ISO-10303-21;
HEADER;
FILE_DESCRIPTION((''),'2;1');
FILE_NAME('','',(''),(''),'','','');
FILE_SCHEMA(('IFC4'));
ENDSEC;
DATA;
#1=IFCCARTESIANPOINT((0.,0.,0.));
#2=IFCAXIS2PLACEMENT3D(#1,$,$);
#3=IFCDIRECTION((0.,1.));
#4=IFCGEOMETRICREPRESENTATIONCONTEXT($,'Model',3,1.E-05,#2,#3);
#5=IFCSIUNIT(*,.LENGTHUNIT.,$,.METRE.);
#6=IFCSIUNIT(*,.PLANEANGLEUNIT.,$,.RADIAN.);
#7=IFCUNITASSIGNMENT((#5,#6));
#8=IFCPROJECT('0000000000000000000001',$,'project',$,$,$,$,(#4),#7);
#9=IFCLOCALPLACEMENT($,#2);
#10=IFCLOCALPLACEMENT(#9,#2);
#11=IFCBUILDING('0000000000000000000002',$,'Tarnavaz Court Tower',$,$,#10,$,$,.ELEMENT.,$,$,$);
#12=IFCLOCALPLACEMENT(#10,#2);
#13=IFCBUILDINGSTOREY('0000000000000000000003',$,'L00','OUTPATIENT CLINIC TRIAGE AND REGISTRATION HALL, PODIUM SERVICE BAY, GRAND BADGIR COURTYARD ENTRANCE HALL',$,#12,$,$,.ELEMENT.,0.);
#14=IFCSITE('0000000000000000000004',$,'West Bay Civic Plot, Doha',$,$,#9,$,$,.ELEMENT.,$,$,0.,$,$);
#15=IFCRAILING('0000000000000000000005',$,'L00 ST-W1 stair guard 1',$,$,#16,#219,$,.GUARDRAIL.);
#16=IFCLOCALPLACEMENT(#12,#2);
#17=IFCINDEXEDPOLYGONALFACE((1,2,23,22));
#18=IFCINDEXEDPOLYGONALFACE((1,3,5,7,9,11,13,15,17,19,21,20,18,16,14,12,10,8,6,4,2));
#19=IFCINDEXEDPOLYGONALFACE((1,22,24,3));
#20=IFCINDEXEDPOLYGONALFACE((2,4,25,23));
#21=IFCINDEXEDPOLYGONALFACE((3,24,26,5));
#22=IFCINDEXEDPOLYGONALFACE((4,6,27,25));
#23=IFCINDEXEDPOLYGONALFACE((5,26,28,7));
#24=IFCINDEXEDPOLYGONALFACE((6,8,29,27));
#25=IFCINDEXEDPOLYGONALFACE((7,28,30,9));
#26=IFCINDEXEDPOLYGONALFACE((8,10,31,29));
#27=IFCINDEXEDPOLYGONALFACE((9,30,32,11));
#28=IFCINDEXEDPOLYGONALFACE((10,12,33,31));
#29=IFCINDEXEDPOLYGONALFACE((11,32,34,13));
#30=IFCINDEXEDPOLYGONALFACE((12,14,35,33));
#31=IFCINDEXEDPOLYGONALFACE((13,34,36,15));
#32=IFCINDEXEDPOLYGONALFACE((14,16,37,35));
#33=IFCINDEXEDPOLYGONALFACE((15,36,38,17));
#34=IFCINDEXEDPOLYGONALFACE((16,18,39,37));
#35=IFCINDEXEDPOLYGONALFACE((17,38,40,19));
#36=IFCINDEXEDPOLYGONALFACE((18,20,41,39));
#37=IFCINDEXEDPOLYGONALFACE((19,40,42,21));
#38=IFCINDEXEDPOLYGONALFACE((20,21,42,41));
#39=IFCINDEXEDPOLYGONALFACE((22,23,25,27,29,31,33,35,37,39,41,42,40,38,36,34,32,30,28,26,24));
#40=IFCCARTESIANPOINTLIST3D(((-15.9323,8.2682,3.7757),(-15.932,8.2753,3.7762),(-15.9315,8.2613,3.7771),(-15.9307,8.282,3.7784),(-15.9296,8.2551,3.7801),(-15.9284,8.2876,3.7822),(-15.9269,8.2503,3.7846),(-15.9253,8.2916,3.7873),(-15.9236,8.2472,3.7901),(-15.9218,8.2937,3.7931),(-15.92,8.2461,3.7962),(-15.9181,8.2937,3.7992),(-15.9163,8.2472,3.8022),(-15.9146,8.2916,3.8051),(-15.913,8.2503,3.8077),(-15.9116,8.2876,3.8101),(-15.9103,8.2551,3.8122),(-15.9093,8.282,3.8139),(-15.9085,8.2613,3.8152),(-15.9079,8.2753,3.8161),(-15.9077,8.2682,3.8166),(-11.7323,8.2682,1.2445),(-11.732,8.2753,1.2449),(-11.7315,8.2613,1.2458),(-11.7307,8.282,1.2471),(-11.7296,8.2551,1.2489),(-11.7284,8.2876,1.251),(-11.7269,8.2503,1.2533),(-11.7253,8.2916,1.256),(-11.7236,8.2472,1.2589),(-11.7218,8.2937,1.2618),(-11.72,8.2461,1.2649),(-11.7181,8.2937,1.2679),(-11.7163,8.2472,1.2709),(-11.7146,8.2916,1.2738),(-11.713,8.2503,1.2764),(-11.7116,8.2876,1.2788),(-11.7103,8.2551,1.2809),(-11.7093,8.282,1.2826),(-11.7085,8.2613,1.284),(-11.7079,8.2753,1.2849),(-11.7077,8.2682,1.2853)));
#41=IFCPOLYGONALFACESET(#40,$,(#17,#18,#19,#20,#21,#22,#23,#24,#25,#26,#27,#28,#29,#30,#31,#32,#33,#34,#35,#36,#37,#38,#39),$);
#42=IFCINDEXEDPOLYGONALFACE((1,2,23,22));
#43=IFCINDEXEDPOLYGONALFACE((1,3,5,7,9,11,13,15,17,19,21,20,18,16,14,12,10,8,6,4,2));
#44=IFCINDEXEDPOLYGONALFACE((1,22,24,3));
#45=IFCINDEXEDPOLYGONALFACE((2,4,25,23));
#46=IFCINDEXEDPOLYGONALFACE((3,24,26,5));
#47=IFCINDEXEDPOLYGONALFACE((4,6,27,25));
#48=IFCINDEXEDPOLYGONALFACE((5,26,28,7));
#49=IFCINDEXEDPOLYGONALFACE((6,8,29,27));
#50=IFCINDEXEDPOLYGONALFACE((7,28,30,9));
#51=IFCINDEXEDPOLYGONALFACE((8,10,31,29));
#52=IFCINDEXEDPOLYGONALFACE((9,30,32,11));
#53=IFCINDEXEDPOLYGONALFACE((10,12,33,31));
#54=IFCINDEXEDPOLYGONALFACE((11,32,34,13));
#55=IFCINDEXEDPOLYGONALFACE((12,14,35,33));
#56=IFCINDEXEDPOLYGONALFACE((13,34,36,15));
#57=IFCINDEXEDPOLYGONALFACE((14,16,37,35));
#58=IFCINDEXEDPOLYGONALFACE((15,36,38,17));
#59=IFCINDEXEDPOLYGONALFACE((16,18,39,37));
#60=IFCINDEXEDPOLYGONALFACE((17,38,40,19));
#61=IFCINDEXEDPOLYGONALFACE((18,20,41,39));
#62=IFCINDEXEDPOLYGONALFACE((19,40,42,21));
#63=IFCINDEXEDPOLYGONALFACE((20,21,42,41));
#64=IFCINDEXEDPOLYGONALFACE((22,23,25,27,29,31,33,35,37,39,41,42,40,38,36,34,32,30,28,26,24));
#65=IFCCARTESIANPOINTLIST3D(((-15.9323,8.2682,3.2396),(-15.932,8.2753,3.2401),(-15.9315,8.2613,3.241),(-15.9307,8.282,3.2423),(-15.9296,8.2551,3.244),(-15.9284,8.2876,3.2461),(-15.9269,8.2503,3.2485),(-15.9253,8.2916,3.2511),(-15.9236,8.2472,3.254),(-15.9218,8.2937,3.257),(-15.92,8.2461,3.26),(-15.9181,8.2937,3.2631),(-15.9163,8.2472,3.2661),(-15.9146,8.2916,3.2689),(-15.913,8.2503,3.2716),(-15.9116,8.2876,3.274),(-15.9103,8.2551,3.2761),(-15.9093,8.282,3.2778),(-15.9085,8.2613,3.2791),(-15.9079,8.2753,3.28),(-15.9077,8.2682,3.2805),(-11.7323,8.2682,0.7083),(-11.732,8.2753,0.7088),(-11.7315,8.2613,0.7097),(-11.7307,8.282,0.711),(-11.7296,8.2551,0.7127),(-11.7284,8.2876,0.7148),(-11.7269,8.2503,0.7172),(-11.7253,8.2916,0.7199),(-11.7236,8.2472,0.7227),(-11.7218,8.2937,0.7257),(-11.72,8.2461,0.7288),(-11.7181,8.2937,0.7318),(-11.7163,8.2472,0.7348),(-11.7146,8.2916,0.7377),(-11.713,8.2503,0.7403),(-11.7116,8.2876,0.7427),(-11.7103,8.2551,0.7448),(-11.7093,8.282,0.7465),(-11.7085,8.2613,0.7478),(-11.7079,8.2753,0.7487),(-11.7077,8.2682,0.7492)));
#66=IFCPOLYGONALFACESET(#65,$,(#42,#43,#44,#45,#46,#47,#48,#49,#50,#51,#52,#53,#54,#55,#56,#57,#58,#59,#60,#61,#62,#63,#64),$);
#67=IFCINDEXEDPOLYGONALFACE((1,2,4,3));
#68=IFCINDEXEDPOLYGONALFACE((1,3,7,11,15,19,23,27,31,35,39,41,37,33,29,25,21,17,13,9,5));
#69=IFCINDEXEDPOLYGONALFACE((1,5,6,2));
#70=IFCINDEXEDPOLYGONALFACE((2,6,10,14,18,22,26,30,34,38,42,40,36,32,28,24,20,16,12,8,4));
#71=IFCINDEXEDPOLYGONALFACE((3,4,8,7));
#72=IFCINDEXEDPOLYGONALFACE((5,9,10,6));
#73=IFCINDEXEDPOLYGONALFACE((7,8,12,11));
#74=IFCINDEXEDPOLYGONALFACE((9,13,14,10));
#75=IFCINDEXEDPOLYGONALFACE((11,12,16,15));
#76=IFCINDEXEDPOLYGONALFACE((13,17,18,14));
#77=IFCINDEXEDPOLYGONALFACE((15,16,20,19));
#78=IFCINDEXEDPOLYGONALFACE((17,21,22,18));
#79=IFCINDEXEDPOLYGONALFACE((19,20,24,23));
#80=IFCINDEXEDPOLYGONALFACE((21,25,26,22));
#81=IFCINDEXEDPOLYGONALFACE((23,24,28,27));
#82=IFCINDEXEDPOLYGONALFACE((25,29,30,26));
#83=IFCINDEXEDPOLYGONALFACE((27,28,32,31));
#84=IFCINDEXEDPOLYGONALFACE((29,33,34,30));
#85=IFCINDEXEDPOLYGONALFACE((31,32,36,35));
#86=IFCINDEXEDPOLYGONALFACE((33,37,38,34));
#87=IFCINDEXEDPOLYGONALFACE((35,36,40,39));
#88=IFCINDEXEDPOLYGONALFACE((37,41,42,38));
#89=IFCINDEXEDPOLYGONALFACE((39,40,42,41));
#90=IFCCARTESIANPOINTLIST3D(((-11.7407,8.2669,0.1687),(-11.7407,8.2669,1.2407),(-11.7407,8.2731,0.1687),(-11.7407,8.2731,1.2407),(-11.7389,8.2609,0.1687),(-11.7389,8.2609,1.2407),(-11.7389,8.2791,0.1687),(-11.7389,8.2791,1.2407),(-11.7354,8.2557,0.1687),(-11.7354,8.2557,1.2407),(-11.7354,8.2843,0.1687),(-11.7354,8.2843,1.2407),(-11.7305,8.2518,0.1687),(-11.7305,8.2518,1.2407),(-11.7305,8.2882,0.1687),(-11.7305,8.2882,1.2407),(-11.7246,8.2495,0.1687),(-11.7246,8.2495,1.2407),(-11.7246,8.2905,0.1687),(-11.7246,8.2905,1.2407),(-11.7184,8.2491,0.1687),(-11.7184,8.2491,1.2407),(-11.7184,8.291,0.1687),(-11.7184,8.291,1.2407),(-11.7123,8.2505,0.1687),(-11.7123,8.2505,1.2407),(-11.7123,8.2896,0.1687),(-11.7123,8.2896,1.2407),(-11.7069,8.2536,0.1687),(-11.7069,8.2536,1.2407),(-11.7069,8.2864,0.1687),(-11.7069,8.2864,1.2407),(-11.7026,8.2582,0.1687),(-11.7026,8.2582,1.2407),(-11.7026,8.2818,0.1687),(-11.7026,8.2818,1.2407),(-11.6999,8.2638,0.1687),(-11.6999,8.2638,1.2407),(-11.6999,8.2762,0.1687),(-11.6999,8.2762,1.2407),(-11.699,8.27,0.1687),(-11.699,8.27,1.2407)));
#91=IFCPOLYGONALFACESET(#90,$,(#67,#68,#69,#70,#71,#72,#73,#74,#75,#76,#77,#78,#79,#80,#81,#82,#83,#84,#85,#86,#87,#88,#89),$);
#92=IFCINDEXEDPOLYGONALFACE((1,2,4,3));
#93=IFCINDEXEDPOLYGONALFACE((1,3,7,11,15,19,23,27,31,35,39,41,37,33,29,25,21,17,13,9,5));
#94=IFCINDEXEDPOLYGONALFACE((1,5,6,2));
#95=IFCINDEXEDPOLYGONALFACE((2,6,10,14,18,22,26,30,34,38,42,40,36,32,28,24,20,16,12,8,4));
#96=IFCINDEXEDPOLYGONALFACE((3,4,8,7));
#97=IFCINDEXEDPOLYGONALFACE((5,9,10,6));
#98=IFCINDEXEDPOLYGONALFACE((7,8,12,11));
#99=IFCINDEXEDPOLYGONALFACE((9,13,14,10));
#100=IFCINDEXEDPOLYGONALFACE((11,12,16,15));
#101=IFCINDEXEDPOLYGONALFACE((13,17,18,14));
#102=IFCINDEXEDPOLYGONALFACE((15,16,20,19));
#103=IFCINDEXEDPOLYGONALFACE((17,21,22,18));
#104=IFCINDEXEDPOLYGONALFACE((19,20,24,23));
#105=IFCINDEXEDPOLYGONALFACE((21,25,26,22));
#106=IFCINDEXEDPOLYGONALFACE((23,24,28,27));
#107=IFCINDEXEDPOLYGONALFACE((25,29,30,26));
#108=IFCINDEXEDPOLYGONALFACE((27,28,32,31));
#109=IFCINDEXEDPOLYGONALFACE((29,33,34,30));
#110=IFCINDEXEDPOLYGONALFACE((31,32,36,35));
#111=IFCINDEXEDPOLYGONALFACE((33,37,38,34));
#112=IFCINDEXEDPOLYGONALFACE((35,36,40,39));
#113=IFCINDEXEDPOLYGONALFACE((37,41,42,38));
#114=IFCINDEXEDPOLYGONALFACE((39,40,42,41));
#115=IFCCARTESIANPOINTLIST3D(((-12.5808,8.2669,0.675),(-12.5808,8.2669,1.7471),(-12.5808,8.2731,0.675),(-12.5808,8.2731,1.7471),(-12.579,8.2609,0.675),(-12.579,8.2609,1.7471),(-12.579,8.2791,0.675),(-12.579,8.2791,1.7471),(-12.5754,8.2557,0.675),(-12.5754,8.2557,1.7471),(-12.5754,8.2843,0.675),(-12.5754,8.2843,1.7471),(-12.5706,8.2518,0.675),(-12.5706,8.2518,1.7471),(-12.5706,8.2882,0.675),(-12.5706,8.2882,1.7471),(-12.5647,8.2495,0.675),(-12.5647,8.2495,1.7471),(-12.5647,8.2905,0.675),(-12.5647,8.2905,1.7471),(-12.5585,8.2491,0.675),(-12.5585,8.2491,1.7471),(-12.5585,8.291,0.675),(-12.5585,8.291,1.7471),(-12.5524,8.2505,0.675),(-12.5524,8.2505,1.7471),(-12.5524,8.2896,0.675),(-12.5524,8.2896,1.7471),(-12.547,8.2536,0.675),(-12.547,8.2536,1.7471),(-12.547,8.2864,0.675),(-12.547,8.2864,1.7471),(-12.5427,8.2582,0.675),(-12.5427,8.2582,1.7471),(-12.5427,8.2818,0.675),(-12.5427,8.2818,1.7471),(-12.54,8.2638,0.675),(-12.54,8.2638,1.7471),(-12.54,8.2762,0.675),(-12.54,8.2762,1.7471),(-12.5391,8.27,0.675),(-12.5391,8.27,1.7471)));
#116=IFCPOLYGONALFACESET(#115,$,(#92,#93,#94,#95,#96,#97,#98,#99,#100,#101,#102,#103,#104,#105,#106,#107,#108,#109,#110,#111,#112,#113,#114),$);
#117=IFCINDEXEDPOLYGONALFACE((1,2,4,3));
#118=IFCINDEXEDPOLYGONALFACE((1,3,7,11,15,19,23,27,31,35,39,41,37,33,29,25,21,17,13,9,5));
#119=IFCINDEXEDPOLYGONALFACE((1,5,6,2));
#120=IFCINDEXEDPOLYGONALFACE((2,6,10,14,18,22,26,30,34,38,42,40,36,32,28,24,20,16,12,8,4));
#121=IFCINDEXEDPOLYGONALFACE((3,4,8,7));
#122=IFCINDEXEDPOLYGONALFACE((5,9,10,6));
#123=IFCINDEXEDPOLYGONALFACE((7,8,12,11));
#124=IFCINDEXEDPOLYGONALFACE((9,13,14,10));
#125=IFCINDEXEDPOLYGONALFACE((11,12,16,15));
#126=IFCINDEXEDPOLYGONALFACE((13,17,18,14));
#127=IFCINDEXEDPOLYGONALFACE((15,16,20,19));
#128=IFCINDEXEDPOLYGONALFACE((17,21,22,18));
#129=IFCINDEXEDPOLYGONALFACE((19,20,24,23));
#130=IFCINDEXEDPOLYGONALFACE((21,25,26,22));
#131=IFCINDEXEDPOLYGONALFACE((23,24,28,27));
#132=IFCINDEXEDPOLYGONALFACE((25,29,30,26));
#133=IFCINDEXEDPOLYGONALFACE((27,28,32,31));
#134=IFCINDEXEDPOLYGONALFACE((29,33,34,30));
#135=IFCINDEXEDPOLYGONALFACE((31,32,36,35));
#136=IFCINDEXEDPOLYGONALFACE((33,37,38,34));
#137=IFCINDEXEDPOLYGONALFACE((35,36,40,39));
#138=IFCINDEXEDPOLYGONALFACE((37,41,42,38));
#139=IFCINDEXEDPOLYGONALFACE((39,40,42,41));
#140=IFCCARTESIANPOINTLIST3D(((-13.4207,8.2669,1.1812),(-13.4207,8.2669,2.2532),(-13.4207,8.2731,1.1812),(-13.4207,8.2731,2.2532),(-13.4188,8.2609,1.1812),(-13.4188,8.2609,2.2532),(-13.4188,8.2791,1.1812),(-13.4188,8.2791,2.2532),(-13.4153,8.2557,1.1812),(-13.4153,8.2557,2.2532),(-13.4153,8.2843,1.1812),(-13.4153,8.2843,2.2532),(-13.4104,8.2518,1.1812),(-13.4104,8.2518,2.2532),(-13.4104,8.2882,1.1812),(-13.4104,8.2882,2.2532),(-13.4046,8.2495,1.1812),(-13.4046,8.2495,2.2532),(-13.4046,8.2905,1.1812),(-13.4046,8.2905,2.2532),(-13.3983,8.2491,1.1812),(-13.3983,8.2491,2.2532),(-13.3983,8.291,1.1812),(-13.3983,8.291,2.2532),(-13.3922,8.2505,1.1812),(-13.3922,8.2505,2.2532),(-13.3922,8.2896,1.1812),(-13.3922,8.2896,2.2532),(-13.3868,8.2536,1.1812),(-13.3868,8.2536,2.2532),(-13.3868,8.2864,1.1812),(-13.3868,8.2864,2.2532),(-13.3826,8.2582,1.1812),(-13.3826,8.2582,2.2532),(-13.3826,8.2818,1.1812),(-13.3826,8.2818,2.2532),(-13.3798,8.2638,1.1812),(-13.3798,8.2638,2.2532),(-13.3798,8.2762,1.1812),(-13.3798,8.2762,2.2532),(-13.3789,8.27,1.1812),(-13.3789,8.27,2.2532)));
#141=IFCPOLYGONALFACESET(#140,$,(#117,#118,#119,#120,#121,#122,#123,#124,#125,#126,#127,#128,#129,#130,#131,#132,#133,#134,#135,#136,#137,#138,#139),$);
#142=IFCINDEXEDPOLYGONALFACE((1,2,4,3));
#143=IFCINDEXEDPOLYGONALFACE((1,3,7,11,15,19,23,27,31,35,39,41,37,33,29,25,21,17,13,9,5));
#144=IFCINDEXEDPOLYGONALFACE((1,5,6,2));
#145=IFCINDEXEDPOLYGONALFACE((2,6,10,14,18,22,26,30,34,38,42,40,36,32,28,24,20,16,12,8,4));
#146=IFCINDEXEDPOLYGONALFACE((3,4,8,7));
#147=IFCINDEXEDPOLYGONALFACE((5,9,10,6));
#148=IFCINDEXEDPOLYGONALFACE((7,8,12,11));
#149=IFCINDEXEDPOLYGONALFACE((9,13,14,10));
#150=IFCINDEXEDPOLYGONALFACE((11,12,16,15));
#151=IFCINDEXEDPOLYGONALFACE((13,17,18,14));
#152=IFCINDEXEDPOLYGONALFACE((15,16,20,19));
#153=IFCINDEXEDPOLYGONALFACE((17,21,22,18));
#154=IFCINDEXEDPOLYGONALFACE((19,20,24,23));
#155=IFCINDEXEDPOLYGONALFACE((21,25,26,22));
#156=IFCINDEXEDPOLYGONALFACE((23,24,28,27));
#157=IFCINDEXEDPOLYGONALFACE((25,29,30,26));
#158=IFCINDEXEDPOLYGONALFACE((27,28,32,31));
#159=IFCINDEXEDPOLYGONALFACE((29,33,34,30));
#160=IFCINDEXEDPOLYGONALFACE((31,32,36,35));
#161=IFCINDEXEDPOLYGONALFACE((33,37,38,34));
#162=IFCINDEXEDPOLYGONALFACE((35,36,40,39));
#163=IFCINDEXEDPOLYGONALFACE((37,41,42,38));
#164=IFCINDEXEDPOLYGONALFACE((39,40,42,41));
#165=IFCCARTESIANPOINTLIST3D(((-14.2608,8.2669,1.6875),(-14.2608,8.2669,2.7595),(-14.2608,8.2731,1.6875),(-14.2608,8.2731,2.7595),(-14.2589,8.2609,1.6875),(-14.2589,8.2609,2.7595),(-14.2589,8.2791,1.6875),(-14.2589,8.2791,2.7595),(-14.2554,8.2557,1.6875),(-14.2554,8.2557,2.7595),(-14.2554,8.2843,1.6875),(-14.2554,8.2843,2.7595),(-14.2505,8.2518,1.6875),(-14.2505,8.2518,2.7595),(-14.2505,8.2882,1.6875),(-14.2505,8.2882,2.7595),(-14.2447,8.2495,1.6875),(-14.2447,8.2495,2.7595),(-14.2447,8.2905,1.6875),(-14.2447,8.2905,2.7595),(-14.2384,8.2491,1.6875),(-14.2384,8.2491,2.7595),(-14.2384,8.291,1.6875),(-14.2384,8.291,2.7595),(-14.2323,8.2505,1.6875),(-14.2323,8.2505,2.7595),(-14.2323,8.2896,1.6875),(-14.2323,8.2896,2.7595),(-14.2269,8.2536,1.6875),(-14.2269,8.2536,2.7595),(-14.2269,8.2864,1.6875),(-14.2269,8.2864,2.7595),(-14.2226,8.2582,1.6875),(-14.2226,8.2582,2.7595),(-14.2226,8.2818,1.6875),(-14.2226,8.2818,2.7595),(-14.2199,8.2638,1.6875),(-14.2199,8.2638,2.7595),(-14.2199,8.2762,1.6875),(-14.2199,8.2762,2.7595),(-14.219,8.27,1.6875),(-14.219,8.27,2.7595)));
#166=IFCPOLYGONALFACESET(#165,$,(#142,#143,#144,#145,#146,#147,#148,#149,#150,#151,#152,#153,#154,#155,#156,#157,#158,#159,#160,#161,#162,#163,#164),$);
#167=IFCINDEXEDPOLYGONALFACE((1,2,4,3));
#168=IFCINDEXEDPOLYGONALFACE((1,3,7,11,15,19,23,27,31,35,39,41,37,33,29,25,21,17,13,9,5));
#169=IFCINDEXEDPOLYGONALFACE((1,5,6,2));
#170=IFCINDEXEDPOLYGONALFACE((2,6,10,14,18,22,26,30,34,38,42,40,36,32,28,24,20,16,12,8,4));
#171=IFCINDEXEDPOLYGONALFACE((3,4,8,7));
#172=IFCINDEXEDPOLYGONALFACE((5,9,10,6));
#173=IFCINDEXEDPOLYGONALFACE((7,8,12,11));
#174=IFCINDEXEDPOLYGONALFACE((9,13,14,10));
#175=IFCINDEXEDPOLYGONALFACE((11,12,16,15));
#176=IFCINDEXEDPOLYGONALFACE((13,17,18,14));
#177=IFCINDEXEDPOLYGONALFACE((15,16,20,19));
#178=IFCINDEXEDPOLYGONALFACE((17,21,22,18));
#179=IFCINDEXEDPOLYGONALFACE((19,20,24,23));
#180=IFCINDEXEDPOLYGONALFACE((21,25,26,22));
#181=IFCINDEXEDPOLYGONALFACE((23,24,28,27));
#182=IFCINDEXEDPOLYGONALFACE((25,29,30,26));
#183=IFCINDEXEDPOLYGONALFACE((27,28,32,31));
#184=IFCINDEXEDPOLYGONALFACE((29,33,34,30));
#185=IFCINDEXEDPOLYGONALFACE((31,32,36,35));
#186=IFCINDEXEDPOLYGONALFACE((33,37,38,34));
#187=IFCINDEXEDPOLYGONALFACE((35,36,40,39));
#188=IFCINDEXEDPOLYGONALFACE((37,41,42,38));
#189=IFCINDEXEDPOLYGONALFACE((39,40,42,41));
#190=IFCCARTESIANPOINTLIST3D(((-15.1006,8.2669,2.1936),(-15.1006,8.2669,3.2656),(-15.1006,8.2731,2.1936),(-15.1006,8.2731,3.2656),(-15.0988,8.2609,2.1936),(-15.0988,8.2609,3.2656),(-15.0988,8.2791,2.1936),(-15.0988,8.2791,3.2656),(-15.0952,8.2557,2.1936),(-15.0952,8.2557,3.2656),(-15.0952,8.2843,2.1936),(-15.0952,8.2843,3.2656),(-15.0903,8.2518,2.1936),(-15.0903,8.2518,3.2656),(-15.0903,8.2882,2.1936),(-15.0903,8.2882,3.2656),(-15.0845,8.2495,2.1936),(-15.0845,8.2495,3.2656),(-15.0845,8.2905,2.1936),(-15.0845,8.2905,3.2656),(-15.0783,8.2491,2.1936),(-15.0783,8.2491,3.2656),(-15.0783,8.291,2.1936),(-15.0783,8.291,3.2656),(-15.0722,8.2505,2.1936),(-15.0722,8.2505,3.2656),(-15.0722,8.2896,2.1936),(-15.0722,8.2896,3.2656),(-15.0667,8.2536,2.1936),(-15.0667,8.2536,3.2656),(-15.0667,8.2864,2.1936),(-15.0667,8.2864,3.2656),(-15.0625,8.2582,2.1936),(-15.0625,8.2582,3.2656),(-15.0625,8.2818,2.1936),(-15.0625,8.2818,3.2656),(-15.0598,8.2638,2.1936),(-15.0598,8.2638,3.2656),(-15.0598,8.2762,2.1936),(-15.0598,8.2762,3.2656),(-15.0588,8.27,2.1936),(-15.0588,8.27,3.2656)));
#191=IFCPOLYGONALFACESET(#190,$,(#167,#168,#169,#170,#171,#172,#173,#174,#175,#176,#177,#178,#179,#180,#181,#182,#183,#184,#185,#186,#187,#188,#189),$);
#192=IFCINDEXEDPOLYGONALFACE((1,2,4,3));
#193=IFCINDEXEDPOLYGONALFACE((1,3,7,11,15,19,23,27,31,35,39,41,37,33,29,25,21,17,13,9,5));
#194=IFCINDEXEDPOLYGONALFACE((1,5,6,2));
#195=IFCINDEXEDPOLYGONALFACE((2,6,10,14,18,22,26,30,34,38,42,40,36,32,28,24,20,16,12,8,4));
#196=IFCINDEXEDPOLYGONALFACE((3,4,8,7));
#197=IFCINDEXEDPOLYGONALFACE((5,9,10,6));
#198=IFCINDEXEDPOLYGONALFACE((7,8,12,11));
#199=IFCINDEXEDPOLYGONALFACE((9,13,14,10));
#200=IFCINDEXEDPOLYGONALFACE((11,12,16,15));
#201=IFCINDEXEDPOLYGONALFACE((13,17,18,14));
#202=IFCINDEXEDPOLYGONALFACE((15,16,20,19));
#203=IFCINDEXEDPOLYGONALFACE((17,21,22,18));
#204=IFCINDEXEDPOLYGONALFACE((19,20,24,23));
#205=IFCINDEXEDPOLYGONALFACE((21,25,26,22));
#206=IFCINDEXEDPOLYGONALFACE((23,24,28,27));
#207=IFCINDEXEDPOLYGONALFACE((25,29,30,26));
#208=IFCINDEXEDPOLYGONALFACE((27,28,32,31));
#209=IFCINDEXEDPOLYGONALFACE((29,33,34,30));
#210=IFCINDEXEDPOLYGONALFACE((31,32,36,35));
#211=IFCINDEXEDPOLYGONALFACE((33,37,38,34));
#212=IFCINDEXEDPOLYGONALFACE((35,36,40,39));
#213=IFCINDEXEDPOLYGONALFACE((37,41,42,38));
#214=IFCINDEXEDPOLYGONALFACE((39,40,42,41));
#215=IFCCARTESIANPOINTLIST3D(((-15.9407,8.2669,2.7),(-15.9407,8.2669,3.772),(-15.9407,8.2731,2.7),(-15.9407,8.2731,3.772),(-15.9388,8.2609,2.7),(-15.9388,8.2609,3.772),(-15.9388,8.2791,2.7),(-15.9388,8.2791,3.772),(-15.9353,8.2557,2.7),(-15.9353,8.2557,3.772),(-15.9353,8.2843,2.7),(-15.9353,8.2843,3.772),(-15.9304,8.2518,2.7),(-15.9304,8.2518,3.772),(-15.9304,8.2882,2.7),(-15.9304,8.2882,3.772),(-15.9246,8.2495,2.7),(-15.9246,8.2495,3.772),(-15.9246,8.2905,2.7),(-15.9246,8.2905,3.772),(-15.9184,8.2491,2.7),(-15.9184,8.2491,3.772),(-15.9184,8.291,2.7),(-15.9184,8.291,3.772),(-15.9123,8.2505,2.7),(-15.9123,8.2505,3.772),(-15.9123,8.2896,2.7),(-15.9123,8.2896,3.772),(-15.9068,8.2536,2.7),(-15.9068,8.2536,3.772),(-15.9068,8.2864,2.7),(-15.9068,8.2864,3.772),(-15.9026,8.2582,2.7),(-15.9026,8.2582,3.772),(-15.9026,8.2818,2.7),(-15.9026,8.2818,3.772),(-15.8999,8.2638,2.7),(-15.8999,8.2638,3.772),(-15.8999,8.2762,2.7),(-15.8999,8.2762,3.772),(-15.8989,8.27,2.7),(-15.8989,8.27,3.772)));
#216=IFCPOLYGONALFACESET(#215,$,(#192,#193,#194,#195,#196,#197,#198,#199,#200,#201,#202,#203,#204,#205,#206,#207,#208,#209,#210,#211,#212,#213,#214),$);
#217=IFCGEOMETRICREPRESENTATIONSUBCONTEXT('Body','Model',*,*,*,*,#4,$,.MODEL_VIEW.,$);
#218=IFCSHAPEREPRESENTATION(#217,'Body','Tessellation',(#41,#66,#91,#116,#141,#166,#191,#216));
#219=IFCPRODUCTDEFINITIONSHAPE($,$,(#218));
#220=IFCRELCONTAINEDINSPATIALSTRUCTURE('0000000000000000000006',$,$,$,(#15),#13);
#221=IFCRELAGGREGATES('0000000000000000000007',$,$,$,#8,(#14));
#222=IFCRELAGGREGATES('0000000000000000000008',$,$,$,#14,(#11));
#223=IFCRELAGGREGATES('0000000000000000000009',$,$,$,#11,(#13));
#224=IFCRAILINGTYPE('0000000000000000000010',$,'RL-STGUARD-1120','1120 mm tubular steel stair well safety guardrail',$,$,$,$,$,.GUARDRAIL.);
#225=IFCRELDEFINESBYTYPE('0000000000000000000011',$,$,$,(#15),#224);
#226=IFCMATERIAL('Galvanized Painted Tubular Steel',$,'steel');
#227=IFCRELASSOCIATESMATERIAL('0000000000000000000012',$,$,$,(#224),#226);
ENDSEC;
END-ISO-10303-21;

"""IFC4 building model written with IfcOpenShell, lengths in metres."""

from ifc_helpers import new_model, si_unit, direction, frame, origin, origin_2d, place, context, subcontext, project, spatial, circle, extrude, material, type_object, element, save


model = new_model("IFC4")

# Units and contexts
model_context = context("Model", 3, precision=1e-05, world=origin(), true_north=direction((0.0, 1.0)))
body_context = subcontext(model_context, "Body", "Model", "MODEL_VIEW")
ifc_project = project(units=[si_unit("LENGTHUNIT", "METRE"), si_unit("PLANEANGLEUNIT", "RADIAN")], contexts=[model_context])

# Site, building, storey
site_placement = place(None, origin())
site = spatial("IfcSite", under=ifc_project, at=site_placement, Name="West Bay Civic Plot, Doha", CompositionType="ELEMENT", RefElevation=0.0)
building_placement = place(site_placement, origin())
building = spatial("IfcBuilding", under=site, at=building_placement, Name="Tarnavaz Court Tower", CompositionType="ELEMENT")
storey_placement = place(building_placement, origin())
storey = spatial("IfcBuildingStorey", under=building, at=storey_placement, Name="L00", Description="OUTPATIENT CLINIC TRIAGE AND REGISTRATION HALL, PODIUM SERVICE BAY, GRAND BADGIR COURTYARD ENTRANCE HALL", CompositionType="ELEMENT", Elevation=0.0)

# Railing
ifc_material_1 = material(Name="Galvanized Painted Tubular Steel", Category="steel")
railing_type_1 = type_object("IfcRailingType", Name="RL-STGUARD-1120", Description="1120 mm tubular steel stair well safety guardrail", PredefinedType="GUARDRAIL", material=ifc_material_1)
railing_1_placement = place(storey_placement, frame((-11.72, 8.27, 0.1687)))
element("IfcRailing", 1, at=railing_1_placement, inside=storey, type_object=railing_type_1, Name="L00 ST-W1 stair guard 1", PredefinedType="GUARDRAIL", context=body_context, shape_type="SweptSolid", body=[
    extrude(circle(Radius=0.0239, at=origin_2d()), frame((0.0, 0.0, 1.0962), z_axis=(-0.856476, 0.0, 0.516186), x_axis=(0.0, -1.0, 0.0)), (0.0, 0.0, 1.0), 4.9038),
    extrude(circle(Radius=0.0239, at=origin_2d()), frame((0.0, 0.0, 0.5601), z_axis=(-0.856476, 0.0, 0.516186), x_axis=(0.0, -1.0, 0.0)), (0.0, 0.0, 1.0), 4.9038),
    extrude(circle(Radius=0.021, at=origin_2d()), origin(), (0.0, 0.0, 1.0), 1.072),
    extrude(circle(Radius=0.021, at=origin_2d()), frame((-0.8401, 0.0, 0.5063)), (0.0, 0.0, 1.0), 1.072),
    extrude(circle(Radius=0.021, at=origin_2d()), frame((-1.6799, 0.0, 1.0125)), (0.0, 0.0, 1.0), 1.072),
    extrude(circle(Radius=0.021, at=origin_2d()), frame((-2.52, 0.0, 1.5188)), (0.0, 0.0, 1.0), 1.072),
    extrude(circle(Radius=0.021, at=origin_2d()), frame((-3.3599, 0.0, 2.0249)), (0.0, 0.0, 1.0), 1.072),
    extrude(circle(Radius=0.021, at=origin_2d()), frame((-4.2, 0.0, 2.5312)), (0.0, 0.0, 1.0), 1.072),
])

save(model, "model.ifc")
